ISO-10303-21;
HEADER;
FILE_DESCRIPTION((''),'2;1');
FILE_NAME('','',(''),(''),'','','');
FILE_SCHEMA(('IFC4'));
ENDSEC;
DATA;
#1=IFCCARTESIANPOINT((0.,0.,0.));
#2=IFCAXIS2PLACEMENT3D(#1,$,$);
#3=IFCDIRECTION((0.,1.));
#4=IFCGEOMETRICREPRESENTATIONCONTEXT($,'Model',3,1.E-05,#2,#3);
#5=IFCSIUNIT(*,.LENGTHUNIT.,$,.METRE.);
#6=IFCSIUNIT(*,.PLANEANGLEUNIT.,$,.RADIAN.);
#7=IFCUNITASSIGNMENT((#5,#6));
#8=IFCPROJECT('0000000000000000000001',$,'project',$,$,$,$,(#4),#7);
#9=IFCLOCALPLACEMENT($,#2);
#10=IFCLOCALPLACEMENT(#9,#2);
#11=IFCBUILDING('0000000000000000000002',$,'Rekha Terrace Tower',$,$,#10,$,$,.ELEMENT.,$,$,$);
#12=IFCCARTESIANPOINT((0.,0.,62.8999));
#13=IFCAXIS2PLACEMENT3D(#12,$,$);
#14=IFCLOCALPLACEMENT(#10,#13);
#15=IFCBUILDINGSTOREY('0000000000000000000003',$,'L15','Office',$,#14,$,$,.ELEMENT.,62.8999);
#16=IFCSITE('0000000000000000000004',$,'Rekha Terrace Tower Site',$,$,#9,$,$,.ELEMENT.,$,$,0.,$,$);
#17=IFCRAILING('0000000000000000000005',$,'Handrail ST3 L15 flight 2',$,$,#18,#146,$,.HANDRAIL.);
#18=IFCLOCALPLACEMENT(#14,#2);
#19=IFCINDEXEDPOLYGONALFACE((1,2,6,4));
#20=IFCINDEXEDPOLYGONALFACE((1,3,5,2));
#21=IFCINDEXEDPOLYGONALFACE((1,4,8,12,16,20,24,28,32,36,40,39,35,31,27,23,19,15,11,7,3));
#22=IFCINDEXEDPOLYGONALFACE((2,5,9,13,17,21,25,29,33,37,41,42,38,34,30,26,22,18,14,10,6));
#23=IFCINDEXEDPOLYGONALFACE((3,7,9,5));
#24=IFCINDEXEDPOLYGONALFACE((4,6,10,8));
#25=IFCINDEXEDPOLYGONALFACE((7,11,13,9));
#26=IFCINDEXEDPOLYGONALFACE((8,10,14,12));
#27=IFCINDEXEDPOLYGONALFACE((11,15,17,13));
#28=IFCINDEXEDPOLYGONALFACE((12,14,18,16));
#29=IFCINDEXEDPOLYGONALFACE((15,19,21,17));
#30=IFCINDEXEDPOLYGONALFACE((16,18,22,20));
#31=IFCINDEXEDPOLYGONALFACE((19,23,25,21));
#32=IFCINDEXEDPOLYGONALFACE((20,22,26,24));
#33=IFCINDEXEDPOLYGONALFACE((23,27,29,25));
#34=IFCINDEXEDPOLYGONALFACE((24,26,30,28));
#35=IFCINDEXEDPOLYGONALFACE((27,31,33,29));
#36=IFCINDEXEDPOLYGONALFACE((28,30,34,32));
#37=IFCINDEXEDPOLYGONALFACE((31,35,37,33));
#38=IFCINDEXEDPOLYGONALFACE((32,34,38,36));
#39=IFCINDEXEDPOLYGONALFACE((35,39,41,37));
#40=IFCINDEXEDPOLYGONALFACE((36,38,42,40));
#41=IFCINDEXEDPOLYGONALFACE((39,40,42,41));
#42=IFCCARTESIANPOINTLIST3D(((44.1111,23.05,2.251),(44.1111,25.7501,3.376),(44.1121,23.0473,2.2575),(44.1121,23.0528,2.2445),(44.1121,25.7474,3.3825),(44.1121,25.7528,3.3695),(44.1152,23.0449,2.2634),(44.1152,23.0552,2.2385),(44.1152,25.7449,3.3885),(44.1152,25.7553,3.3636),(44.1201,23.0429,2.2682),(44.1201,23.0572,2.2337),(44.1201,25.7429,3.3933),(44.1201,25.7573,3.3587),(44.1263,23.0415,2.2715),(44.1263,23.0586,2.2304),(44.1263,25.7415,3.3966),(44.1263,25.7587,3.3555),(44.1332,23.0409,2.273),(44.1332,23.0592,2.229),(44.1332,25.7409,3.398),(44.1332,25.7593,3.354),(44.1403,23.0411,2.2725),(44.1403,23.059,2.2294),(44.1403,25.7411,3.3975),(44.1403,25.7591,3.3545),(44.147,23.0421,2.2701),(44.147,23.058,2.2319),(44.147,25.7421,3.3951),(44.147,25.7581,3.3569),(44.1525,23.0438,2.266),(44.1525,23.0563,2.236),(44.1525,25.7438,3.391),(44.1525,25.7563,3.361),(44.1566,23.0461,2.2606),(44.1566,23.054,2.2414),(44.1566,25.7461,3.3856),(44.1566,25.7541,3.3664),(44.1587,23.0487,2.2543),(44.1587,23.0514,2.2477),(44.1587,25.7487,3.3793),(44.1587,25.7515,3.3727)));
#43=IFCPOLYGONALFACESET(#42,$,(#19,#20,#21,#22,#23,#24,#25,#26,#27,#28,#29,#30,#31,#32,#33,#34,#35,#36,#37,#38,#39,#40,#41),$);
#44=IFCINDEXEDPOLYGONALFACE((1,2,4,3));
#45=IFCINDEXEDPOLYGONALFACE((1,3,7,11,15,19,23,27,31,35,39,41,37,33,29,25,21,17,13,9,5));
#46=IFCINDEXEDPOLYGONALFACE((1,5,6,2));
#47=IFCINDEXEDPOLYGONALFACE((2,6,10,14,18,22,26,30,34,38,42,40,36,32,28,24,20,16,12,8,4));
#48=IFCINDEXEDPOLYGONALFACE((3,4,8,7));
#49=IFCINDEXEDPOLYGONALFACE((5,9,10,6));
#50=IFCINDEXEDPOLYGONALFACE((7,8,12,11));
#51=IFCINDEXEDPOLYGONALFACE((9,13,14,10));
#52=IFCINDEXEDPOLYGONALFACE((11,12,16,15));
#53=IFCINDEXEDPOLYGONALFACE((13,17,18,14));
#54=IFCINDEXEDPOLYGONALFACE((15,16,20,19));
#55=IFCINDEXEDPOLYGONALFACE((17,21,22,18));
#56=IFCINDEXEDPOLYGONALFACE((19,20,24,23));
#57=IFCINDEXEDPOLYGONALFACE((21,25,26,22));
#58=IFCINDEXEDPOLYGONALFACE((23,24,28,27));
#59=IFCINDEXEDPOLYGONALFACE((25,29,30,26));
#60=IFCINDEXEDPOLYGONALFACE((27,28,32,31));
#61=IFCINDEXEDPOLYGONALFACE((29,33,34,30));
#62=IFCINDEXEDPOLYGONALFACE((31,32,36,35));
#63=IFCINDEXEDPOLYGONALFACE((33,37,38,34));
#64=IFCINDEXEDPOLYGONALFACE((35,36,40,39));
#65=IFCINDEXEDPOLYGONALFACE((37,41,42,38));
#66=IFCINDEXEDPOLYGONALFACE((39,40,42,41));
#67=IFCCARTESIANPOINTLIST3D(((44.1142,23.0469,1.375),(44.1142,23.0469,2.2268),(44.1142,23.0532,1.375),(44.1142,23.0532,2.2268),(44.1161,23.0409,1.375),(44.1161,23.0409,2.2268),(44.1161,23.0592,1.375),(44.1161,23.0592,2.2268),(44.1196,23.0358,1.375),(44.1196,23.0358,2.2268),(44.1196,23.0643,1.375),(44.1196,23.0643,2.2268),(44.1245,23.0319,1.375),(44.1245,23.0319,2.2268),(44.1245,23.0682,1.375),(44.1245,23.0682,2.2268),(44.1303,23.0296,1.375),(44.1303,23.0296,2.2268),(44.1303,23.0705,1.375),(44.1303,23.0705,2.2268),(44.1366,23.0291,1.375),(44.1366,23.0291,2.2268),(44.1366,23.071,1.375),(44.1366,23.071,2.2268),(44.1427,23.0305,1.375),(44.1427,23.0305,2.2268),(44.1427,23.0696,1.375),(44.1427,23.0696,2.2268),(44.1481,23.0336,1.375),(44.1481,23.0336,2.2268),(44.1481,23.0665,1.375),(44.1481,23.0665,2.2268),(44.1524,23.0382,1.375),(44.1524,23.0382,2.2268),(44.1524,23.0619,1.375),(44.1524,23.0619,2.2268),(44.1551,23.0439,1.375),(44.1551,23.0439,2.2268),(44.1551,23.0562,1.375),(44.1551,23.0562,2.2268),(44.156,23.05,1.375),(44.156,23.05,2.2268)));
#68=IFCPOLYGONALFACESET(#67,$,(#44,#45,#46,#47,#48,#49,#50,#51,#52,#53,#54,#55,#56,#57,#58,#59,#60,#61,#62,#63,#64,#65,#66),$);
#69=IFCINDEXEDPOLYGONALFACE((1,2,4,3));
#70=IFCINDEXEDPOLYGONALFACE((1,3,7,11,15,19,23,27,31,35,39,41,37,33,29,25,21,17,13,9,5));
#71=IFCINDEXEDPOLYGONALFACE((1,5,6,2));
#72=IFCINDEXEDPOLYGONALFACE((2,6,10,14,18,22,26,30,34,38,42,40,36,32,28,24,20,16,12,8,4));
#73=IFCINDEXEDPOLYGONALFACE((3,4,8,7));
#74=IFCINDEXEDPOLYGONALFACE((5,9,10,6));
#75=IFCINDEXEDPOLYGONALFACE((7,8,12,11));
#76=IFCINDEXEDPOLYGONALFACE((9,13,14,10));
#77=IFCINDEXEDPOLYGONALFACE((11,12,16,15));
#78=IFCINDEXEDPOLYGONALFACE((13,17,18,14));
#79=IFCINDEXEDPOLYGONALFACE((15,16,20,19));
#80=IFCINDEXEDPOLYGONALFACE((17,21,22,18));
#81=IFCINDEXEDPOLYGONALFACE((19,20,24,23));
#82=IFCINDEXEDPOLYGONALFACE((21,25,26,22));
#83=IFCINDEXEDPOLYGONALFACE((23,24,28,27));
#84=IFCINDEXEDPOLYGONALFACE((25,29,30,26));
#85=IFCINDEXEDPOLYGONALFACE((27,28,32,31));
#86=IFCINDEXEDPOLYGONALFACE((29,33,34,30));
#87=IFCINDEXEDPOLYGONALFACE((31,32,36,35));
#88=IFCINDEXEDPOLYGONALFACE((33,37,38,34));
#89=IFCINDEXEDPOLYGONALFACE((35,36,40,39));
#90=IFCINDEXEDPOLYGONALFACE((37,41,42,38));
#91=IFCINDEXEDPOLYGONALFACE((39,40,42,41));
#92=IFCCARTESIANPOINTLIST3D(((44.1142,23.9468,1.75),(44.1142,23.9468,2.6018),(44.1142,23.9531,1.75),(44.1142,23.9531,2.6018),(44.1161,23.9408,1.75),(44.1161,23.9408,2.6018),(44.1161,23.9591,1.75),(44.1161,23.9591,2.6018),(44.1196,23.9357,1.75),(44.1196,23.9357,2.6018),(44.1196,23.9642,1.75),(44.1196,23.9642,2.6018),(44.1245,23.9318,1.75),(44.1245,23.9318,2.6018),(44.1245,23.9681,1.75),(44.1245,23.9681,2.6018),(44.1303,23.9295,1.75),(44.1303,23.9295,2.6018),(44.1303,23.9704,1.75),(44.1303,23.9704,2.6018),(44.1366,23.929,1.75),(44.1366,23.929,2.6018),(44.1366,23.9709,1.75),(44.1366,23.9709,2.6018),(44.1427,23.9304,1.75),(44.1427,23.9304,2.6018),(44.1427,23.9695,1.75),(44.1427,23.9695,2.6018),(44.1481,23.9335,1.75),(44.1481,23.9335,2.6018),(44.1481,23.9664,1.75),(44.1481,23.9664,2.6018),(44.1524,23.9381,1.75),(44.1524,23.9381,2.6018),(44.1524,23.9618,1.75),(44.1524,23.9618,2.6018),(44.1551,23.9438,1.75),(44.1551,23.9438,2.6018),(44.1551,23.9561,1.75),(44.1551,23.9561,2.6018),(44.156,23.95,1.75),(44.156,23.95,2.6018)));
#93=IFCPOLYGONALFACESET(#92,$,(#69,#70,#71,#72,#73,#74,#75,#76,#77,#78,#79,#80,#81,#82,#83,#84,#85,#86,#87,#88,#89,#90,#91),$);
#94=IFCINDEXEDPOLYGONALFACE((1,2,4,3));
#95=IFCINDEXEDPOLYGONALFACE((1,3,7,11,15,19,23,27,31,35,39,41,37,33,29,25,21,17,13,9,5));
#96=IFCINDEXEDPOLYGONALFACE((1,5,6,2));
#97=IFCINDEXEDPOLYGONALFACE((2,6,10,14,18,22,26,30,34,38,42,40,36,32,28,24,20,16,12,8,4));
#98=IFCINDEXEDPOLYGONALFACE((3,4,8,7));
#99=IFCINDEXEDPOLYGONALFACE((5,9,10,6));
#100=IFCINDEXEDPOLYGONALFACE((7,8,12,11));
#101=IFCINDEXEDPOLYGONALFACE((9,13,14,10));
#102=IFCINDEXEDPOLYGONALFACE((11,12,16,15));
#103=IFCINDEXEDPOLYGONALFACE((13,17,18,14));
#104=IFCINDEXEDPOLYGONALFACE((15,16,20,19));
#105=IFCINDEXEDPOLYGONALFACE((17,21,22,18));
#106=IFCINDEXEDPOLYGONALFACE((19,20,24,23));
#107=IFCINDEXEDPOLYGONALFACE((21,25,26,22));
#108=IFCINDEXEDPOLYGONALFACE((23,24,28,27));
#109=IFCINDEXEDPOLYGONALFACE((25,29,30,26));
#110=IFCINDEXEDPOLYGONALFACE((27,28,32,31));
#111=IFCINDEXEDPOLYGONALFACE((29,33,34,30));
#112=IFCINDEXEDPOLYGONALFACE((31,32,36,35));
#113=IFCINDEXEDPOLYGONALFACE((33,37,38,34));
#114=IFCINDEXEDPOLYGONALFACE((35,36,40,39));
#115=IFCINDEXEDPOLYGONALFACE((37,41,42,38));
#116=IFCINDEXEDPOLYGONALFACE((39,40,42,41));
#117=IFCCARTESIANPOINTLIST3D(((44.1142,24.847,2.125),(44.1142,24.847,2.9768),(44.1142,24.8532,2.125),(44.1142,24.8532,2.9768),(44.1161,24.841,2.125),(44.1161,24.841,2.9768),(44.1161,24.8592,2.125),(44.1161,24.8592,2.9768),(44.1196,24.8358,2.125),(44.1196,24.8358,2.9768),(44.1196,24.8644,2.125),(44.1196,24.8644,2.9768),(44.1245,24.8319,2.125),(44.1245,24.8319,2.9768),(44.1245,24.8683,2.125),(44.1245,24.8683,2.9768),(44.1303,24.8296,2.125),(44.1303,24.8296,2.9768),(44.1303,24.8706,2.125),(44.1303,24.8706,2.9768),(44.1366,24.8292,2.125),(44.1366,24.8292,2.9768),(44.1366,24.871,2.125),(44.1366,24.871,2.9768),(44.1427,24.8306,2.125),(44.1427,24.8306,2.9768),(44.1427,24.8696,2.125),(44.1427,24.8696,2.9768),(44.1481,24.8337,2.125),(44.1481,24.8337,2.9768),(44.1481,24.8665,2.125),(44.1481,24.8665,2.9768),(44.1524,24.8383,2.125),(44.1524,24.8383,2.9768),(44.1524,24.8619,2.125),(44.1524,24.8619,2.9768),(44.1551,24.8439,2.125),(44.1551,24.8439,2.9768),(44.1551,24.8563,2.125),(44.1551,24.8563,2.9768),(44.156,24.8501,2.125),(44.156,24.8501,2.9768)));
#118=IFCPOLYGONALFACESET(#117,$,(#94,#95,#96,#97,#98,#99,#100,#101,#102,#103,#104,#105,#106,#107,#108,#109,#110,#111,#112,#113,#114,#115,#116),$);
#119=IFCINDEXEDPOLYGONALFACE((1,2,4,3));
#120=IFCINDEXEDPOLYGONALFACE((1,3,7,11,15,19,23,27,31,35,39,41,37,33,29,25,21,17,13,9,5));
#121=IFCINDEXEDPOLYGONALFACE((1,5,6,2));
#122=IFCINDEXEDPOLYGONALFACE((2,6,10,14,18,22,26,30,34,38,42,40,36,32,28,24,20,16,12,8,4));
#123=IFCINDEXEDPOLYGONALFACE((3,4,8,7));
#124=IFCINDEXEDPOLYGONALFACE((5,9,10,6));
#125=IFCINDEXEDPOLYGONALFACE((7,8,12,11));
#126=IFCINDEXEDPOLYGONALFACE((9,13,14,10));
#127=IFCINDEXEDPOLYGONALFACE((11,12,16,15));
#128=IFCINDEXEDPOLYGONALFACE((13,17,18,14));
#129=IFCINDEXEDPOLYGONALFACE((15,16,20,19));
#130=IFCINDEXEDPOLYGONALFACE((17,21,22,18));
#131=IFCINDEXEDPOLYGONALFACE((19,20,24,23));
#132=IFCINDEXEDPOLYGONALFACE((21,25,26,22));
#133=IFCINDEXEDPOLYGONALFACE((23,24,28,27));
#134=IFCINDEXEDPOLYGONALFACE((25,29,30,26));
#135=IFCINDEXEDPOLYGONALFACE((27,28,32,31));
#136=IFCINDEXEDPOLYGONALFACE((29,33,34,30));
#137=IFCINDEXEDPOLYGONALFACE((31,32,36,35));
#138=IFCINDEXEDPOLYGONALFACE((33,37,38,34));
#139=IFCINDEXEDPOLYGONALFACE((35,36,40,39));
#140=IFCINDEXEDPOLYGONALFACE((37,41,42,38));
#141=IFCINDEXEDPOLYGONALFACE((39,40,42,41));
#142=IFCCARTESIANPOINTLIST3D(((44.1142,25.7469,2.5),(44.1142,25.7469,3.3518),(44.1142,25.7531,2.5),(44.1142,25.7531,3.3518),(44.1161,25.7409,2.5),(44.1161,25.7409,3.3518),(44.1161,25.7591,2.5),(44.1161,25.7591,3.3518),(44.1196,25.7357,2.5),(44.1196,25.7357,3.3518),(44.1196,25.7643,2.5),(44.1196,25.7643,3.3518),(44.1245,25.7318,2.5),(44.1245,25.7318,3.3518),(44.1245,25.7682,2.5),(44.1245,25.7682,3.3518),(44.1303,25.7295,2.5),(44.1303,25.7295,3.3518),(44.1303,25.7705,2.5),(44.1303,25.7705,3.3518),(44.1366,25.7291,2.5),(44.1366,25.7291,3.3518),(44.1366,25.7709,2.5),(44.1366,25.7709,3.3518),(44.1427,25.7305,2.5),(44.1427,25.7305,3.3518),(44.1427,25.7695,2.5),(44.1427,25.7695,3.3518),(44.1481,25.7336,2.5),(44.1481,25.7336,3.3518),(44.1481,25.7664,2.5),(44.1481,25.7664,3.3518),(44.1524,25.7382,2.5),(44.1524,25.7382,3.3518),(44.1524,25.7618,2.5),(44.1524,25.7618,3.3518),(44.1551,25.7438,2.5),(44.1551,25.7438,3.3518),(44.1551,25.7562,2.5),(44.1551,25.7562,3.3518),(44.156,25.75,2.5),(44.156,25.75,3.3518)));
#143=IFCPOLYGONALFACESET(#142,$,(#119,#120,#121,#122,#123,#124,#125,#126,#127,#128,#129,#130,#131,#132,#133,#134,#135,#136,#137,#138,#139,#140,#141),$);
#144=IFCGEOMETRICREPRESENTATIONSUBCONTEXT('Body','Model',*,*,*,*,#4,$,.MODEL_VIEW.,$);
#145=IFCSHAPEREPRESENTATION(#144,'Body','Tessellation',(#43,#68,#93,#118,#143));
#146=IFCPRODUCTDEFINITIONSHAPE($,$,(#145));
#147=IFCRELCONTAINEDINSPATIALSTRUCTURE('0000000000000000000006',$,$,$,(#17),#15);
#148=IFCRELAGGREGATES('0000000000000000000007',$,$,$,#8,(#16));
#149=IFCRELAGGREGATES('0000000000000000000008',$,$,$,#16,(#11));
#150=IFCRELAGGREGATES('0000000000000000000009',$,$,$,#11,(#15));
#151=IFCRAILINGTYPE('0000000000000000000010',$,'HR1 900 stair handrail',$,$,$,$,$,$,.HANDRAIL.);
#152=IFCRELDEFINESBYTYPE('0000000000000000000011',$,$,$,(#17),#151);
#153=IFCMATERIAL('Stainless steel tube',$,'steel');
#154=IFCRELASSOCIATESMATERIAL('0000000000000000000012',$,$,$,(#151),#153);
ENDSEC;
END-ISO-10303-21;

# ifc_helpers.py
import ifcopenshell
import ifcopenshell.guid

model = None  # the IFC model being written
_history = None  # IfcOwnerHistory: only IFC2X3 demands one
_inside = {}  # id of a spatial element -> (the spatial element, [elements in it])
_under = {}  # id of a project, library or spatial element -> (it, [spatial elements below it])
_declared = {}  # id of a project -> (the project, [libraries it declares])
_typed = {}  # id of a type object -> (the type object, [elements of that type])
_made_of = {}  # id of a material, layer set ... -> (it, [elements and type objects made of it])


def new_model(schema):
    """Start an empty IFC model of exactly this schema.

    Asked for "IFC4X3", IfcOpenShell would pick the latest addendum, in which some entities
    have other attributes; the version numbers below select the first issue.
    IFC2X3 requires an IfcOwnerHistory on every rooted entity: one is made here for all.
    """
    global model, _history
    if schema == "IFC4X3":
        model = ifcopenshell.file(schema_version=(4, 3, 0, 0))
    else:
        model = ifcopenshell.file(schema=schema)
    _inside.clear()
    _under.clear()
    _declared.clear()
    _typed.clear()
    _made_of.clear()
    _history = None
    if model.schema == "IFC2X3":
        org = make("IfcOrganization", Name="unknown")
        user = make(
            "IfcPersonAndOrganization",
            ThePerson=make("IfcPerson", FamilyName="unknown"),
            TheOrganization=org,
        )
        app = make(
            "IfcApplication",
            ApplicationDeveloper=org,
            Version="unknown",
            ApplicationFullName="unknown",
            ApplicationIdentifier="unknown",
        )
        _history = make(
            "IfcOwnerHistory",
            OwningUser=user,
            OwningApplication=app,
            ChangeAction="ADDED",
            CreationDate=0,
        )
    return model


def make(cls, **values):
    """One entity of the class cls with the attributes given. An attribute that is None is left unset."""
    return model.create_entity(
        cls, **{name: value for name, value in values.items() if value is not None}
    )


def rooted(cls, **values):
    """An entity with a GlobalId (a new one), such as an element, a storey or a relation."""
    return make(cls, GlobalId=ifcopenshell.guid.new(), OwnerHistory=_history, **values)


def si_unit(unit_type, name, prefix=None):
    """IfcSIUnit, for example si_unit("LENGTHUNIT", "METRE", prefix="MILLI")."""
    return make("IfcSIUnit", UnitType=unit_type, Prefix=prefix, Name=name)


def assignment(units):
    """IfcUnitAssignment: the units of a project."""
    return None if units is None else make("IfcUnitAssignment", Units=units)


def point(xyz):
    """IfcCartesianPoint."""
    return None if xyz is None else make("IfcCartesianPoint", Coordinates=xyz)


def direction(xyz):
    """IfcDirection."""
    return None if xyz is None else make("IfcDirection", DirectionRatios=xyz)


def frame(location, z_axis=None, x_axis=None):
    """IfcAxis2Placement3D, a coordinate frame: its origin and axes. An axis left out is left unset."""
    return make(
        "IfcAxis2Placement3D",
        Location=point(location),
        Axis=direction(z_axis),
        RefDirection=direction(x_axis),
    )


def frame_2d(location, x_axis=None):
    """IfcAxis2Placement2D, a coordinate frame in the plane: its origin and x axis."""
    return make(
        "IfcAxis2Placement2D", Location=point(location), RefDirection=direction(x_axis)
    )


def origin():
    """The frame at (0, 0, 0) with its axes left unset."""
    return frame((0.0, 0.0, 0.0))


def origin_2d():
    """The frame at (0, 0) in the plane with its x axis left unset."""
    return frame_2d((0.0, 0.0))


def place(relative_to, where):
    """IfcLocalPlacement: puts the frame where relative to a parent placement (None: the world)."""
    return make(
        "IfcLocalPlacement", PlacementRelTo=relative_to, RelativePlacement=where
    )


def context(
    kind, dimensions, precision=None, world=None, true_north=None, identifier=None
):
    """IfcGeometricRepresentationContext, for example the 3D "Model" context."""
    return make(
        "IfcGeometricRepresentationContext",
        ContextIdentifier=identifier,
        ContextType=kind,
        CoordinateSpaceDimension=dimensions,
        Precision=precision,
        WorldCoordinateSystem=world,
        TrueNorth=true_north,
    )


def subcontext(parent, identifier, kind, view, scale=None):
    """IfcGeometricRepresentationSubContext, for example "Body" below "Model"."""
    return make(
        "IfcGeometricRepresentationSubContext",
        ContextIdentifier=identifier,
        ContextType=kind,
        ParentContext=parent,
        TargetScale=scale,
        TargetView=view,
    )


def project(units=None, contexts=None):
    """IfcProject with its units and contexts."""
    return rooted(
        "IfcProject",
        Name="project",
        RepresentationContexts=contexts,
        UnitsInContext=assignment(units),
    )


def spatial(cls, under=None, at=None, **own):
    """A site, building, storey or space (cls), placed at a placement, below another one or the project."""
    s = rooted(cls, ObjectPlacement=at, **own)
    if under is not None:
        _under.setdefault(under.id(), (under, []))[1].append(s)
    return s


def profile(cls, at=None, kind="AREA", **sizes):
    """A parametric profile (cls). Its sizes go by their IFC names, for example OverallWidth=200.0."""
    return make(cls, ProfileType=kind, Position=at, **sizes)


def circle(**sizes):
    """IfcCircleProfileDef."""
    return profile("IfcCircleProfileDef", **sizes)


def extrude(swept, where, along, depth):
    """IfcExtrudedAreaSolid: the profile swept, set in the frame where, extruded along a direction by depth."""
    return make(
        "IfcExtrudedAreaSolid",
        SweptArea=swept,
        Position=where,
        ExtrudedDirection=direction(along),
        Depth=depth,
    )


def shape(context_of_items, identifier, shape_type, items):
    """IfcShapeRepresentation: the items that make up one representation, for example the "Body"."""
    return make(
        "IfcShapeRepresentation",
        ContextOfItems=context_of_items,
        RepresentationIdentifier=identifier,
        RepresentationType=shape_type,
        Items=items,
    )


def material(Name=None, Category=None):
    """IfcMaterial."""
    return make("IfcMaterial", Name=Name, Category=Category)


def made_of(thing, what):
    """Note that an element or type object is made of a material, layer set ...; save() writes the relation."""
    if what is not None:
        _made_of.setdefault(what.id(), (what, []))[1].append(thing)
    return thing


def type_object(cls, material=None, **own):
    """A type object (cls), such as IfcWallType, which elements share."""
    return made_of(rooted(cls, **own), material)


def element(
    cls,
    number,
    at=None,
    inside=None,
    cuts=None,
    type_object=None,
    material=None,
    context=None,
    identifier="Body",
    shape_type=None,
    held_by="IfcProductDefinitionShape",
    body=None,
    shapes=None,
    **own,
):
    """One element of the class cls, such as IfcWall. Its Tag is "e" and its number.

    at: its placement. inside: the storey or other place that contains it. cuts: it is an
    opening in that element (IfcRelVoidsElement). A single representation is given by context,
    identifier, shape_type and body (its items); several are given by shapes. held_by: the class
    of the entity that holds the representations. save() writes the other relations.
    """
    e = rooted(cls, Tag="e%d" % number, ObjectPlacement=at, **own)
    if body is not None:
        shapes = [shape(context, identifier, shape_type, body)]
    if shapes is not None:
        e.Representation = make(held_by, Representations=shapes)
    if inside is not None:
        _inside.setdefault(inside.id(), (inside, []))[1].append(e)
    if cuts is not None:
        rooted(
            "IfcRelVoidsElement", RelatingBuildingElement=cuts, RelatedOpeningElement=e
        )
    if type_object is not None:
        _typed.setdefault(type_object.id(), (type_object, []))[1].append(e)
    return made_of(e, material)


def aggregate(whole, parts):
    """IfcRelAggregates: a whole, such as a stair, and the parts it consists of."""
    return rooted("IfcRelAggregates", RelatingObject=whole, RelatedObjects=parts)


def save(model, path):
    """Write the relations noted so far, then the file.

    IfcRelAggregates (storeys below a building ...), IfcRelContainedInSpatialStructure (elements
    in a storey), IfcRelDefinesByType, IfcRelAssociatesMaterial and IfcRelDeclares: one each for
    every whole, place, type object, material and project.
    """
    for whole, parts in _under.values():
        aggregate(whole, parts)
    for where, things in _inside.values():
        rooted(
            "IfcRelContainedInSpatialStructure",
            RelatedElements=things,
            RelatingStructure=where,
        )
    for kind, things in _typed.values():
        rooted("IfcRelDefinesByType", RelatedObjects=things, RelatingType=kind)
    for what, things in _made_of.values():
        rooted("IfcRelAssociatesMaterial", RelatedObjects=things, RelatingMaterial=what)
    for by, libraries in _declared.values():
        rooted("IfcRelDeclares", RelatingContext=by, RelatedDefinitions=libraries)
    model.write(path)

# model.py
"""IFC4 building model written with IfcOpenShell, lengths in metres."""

from ifc_helpers import new_model, si_unit, direction, frame, origin, origin_2d, place, context, subcontext, project, spatial, circle, extrude, material, type_object, element, save


model = new_model("IFC4")

# Units and contexts
model_context = context("Model", 3, precision=1e-05, world=origin(), true_north=direction((0.0, 1.0)))
body_context = subcontext(model_context, "Body", "Model", "MODEL_VIEW")
ifc_project = project(units=[si_unit("LENGTHUNIT", "METRE"), si_unit("PLANEANGLEUNIT", "RADIAN")], contexts=[model_context])

# Site, building, storey
site_placement = place(None, origin())
site = spatial("IfcSite", under=ifc_project, at=site_placement, Name="Rekha Terrace Tower Site", CompositionType="ELEMENT", RefElevation=0.0)
building_placement = place(site_placement, origin())
building = spatial("IfcBuilding", under=site, at=building_placement, Name="Rekha Terrace Tower", CompositionType="ELEMENT")
storey_placement = place(building_placement, frame((0.0, 0.0, 62.8999)))
storey = spatial("IfcBuildingStorey", under=building, at=storey_placement, Name="L15", Description="Office", CompositionType="ELEMENT", Elevation=62.8999)

# Railing
ifc_material_1 = material(Name="Stainless steel tube", Category="steel")
railing_type = type_object("IfcRailingType", Name="HR1 900 stair handrail", PredefinedType="HANDRAIL", material=ifc_material_1)
railing_placement = place(storey_placement, frame((44.135, 23.05, 1.375)))
element("IfcRailing", 1, at=railing_placement, inside=storey, type_object=railing_type, Name="Handrail ST3 L15 flight 2", PredefinedType="HANDRAIL", context=body_context, shape_type="SweptSolid", body=[
    extrude(circle(Radius=0.0239, at=origin_2d()), frame((0.0, 0.0, 0.876), z_axis=(0.0, 0.923074, 0.384621), x_axis=(-1.0, 0.0, 0.0)), (0.0, 0.0, 1.0), 2.925),
    extrude(circle(Radius=0.021, at=origin_2d()), origin(), (0.0, 0.0, 1.0), 0.8518),
    extrude(circle(Radius=0.021, at=origin_2d()), frame((0.0, 0.8999, 0.375)), (0.0, 0.0, 1.0), 0.8518),
    extrude(circle(Radius=0.021, at=origin_2d()), frame((0.0, 1.8, 0.75)), (0.0, 0.0, 1.0), 0.8518),
    extrude(circle(Radius=0.021, at=origin_2d()), frame((0.0, 2.7, 1.125)), (0.0, 0.0, 1.0), 0.8518),
])

save(model, "model.ifc")
